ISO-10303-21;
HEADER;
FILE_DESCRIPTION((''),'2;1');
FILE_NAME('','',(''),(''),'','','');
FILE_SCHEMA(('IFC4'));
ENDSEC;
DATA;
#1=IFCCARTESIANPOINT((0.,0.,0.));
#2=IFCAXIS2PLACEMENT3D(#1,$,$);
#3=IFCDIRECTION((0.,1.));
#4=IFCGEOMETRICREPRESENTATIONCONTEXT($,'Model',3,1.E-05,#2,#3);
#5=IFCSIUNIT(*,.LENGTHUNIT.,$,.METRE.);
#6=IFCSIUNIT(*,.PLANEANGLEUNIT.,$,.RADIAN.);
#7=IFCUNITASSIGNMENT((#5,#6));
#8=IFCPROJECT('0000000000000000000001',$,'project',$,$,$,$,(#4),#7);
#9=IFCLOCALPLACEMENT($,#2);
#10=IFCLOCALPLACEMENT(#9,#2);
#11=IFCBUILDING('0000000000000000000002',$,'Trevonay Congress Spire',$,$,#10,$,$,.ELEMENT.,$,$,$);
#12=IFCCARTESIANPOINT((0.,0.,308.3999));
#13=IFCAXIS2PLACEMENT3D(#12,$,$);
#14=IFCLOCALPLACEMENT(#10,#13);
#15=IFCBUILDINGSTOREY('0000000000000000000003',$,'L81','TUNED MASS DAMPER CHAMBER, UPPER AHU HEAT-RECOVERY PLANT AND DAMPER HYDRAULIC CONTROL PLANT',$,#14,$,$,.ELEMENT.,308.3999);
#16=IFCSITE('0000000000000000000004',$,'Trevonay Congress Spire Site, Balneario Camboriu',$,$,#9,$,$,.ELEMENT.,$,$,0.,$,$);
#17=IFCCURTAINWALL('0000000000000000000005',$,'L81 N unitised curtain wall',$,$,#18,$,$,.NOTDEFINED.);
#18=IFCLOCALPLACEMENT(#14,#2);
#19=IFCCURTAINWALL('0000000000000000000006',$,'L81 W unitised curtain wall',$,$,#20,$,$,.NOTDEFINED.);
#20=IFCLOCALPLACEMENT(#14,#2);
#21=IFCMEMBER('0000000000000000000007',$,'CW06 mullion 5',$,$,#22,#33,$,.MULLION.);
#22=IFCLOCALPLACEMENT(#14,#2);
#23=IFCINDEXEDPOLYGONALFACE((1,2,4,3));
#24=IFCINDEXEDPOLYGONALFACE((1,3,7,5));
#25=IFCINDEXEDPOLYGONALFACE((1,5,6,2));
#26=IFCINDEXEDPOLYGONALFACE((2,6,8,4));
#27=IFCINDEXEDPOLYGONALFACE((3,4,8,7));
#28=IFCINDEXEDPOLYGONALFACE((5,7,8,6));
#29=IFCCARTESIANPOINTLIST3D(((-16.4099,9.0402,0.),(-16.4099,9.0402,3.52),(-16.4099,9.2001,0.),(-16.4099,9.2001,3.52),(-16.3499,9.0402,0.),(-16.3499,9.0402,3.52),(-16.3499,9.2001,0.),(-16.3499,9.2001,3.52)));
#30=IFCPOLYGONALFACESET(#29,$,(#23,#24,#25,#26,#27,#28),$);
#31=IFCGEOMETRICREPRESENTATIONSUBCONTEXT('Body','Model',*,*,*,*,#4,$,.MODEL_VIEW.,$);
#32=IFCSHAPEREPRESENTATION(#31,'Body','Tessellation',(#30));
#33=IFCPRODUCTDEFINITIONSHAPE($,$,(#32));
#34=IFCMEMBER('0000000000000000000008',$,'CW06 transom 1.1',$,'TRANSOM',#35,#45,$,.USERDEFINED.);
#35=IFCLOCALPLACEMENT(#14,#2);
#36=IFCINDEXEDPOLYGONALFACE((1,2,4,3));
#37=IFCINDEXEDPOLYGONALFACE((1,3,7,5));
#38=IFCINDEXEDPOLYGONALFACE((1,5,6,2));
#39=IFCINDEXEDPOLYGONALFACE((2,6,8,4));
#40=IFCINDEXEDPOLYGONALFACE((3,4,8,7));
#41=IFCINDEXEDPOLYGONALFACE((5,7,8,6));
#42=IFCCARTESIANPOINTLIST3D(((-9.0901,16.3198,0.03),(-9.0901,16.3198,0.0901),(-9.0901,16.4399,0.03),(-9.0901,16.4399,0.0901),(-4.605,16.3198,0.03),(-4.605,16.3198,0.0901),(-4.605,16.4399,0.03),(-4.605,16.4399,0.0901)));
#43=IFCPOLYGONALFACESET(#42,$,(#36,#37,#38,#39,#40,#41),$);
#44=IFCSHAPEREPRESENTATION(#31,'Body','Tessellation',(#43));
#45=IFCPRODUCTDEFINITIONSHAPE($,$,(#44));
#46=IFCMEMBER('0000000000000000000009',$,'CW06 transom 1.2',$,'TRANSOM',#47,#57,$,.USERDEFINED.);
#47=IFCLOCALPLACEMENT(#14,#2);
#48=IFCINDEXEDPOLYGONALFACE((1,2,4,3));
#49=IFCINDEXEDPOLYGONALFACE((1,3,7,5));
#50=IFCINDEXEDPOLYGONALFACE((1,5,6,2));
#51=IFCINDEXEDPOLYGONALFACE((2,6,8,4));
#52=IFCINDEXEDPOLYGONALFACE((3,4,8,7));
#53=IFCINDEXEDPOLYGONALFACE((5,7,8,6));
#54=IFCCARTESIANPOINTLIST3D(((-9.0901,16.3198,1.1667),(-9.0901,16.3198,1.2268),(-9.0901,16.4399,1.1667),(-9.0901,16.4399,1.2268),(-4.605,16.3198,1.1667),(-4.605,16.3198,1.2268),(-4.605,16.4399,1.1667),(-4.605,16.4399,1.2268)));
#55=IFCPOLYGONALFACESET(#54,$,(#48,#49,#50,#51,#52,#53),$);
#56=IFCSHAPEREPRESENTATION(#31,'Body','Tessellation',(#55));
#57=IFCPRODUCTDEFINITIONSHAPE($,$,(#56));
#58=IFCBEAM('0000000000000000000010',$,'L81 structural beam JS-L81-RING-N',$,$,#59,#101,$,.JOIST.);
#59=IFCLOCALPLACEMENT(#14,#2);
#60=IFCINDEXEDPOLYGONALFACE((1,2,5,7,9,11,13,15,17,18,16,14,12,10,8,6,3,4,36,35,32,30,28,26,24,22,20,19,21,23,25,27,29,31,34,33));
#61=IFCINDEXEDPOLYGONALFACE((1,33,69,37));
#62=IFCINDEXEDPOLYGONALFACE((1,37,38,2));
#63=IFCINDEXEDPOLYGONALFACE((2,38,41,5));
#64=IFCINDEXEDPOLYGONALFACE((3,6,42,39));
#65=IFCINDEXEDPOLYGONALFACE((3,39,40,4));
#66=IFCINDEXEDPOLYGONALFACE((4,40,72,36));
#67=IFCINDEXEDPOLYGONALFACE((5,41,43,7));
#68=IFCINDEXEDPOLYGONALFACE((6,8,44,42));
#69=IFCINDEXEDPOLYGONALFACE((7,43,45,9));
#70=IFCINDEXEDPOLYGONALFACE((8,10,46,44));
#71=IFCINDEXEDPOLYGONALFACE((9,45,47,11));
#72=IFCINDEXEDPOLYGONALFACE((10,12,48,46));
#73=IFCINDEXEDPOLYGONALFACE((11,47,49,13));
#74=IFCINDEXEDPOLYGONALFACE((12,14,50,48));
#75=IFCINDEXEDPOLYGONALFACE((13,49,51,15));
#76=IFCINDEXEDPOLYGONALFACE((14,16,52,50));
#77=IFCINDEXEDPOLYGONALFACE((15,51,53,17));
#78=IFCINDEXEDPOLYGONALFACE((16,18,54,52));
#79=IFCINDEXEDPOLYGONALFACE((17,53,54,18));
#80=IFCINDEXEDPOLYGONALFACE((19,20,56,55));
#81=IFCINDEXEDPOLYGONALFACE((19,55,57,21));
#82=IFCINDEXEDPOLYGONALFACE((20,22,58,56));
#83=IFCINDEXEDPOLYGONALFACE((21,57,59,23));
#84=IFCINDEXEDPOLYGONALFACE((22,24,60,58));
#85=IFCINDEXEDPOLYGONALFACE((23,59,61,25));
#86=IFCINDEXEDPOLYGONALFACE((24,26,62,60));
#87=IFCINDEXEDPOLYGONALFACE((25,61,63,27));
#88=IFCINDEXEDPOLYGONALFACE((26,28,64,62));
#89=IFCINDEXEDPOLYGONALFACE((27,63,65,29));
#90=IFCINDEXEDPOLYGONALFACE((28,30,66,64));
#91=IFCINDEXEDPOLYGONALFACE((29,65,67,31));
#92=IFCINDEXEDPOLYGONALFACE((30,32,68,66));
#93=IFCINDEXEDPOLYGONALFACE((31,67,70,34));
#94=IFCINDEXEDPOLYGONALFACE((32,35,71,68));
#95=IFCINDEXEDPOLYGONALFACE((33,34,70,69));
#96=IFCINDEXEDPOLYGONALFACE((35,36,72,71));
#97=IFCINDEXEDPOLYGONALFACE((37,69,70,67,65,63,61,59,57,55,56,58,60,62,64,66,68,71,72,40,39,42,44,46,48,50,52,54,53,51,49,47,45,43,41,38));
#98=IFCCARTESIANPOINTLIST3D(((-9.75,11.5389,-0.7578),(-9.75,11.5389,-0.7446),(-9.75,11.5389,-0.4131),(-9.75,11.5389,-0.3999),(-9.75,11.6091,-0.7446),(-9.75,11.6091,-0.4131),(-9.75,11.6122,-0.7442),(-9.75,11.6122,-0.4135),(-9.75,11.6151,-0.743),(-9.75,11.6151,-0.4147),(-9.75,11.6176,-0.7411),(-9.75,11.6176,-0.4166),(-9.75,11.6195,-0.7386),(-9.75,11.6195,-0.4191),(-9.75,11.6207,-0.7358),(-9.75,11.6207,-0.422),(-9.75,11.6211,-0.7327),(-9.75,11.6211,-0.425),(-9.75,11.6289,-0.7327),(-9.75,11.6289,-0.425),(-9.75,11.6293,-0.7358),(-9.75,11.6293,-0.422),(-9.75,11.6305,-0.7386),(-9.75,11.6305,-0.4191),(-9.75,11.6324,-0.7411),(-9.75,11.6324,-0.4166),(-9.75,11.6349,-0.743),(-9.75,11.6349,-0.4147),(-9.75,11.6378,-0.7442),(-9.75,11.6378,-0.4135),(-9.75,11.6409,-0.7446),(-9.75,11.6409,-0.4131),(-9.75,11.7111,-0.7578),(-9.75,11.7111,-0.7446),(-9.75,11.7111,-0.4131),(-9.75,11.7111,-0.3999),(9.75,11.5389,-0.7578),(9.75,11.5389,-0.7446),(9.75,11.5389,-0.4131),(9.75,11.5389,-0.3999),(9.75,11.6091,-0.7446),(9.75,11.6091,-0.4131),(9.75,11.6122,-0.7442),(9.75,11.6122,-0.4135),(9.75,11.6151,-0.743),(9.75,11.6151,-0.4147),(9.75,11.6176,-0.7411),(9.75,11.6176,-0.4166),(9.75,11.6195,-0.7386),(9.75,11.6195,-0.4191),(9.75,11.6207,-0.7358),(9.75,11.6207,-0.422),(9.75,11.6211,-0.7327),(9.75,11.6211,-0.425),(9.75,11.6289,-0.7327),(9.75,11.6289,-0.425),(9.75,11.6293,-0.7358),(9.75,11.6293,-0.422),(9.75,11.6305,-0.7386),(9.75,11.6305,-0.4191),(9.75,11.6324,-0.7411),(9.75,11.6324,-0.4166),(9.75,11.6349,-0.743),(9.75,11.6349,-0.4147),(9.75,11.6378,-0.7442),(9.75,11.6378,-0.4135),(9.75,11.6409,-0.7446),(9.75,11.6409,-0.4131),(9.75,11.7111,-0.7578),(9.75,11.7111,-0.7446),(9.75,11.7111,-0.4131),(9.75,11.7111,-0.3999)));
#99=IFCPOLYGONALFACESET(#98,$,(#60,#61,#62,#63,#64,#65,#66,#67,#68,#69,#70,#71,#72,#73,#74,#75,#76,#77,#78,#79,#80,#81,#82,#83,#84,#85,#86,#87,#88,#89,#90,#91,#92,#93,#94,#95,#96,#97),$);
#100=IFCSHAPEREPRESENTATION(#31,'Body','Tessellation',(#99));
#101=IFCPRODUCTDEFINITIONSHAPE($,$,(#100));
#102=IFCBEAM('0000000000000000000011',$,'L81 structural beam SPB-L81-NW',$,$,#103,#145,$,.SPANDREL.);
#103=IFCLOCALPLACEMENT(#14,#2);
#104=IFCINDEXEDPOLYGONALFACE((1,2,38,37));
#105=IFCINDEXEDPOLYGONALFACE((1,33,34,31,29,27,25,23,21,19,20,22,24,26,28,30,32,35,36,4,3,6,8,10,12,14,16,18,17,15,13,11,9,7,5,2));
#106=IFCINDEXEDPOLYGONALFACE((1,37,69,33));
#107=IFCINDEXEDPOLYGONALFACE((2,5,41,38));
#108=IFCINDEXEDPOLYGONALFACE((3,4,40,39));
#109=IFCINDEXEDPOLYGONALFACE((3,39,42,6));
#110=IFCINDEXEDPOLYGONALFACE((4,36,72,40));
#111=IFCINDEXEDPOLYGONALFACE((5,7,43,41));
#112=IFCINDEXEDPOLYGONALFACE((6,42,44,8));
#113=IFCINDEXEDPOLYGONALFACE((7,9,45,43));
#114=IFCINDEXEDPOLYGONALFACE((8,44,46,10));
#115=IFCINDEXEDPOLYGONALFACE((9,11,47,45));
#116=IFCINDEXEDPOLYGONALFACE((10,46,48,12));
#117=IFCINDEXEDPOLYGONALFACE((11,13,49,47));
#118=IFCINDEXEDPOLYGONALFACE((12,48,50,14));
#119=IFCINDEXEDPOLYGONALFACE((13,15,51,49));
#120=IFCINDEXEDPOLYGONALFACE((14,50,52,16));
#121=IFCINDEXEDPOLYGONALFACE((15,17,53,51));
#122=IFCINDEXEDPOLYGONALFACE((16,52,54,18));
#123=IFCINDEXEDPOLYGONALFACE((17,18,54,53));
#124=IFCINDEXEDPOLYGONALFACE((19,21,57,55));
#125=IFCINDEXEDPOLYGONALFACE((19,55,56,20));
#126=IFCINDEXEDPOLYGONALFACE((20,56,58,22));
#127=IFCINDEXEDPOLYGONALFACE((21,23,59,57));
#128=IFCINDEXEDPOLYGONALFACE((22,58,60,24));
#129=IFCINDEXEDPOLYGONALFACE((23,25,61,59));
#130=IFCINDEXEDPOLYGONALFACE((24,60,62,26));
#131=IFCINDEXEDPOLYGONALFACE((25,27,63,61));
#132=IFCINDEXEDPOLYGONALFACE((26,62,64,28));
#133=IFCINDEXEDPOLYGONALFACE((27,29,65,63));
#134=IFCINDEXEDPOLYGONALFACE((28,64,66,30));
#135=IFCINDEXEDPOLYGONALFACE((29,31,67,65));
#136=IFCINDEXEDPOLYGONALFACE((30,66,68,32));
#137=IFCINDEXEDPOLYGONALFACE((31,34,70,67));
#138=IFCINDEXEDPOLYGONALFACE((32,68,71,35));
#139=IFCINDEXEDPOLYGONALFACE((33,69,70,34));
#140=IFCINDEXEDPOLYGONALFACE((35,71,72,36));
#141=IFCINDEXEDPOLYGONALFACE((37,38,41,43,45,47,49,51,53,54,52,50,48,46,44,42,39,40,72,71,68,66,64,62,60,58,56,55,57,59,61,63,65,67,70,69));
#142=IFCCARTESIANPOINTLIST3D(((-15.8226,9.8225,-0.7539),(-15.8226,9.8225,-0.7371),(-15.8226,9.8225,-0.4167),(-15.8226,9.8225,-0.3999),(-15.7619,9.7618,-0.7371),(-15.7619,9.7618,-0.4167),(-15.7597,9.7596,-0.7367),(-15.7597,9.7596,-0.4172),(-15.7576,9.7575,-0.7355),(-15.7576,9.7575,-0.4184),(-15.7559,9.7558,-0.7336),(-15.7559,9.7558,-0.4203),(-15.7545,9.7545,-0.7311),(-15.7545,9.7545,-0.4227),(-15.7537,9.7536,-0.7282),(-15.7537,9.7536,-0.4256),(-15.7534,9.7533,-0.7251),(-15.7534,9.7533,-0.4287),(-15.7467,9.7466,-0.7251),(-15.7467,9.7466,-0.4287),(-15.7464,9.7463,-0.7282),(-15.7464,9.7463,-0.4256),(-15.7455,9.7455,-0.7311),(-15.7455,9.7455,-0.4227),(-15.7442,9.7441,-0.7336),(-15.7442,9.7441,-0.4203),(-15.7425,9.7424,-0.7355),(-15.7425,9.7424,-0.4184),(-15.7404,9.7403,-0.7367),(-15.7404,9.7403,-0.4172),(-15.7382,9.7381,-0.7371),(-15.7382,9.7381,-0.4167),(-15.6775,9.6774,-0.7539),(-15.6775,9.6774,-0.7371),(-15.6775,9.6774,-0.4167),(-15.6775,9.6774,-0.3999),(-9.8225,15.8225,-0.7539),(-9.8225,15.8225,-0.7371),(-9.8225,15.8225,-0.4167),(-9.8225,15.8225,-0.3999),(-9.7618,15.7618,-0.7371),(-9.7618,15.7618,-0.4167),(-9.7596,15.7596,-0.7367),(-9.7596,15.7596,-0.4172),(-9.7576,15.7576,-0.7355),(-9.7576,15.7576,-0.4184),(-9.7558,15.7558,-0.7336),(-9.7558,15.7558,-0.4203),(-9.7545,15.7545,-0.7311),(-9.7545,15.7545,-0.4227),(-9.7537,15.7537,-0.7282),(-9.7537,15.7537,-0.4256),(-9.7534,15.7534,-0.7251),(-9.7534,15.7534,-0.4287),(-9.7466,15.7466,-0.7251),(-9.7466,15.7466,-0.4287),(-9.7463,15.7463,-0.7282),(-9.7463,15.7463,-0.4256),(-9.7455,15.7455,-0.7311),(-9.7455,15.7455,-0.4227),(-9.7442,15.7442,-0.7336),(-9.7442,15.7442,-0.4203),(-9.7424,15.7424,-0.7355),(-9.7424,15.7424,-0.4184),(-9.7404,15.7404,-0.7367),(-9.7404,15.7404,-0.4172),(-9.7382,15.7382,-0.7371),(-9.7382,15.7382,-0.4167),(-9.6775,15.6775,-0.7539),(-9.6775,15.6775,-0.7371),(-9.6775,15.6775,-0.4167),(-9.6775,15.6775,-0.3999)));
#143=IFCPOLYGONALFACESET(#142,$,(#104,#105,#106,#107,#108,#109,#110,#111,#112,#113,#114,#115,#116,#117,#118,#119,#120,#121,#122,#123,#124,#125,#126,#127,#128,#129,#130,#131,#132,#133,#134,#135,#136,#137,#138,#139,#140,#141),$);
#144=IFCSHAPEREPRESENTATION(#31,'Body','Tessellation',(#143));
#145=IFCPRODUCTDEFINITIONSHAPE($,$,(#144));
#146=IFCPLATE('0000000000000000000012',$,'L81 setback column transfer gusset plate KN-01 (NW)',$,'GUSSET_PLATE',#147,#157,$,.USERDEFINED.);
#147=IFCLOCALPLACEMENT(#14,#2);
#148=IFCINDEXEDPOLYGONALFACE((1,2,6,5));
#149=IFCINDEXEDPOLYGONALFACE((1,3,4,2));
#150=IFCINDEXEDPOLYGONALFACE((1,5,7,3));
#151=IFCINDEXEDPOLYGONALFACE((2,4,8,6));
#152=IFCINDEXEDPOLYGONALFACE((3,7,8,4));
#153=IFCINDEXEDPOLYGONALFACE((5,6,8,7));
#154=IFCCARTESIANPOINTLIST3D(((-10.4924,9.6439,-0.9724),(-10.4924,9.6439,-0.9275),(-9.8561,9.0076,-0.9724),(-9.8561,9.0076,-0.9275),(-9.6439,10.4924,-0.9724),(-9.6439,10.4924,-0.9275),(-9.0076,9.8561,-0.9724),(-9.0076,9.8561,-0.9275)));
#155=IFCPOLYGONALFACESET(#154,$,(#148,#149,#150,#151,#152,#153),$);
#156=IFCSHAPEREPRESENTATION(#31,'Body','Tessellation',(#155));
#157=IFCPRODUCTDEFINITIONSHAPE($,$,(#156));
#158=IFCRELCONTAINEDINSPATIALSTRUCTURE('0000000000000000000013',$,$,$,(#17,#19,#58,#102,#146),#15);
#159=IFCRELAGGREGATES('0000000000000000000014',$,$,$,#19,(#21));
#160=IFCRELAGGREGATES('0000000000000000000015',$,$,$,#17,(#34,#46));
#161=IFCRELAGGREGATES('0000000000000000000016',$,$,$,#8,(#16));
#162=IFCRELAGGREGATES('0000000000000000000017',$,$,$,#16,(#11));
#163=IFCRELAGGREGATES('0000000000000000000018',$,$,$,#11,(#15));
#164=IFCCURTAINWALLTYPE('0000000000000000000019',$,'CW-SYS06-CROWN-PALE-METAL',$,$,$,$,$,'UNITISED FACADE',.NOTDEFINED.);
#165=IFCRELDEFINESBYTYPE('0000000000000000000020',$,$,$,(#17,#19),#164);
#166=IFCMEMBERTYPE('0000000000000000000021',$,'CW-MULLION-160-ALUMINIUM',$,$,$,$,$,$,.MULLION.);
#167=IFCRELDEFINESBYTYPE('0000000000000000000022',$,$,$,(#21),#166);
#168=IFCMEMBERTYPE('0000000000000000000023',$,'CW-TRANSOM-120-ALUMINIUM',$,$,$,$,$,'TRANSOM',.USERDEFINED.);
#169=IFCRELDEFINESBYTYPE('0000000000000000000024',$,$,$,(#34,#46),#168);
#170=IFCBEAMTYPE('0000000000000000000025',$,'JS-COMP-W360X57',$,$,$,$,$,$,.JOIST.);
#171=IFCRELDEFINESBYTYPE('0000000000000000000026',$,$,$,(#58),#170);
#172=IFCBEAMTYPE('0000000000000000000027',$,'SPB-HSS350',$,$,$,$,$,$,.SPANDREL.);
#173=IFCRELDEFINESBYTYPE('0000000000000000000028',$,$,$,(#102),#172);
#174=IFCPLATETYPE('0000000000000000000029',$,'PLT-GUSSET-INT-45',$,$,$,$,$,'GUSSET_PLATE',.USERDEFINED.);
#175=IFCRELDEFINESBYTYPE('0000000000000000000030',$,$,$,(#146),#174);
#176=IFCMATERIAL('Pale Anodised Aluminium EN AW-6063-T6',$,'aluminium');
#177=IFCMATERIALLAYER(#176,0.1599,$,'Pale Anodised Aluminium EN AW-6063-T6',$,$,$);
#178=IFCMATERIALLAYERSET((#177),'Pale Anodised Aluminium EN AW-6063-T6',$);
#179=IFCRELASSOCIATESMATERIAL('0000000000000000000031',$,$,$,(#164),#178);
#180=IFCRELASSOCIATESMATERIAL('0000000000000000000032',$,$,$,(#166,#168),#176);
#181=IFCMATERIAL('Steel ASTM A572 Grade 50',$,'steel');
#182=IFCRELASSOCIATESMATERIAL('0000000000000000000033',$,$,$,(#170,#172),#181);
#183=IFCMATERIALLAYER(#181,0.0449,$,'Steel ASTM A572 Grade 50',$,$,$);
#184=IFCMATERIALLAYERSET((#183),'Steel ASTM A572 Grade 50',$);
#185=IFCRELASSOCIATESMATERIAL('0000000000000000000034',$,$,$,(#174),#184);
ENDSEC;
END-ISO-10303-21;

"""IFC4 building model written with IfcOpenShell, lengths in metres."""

from ifc_helpers import new_model, si_unit, direction, frame, origin, origin_2d, place, context, subcontext, project, spatial, rectangle, i_section, extrude, material, layer, layer_set, material_profile, profile_set, type_object, element, aggregate, save


model = new_model("IFC4")

# Units and contexts
model_context = context("Model", 3, precision=1e-05, world=origin(), true_north=direction((0.0, 1.0)))
body_context = subcontext(model_context, "Body", "Model", "MODEL_VIEW")
ifc_project = project(units=[si_unit("LENGTHUNIT", "METRE"), si_unit("PLANEANGLEUNIT", "RADIAN")], contexts=[model_context])

# Site, building, storey
site_placement = place(None, origin())
site = spatial("IfcSite", under=ifc_project, at=site_placement, Name="Trevonay Congress Spire Site, Balneario Camboriu", CompositionType="ELEMENT", RefElevation=0.0)
building_placement = place(site_placement, origin())
building = spatial("IfcBuilding", under=site, at=building_placement, Name="Trevonay Congress Spire", CompositionType="ELEMENT")
storey_placement = place(building_placement, frame((0.0, 0.0, 308.3999)))
storey = spatial("IfcBuildingStorey", under=building, at=storey_placement, Name="L81", Description="TUNED MASS DAMPER CHAMBER, UPPER AHU HEAT-RECOVERY PLANT AND DAMPER HYDRAULIC CONTROL PLANT", CompositionType="ELEMENT", Elevation=308.3999)

# Shared definitions
ifc_material_1 = material(Name="Steel ASTM A572 Grade 50", Category="steel")

# Curtain walls, member
ifc_material_2 = material(Name="Pale Anodised Aluminium EN AW-6063-T6", Category="aluminium")
ifc_layer_1 = layer(ifc_material_2, 0.1599, Name="Pale Anodised Aluminium EN AW-6063-T6")
ifc_layer_set_1 = layer_set([ifc_layer_1], Name="Pale Anodised Aluminium EN AW-6063-T6")
curtain_wall_type = type_object("IfcCurtainWallType", Name="CW-SYS06-CROWN-PALE-METAL", ElementType="UNITISED FACADE", PredefinedType="NOTDEFINED", material=ifc_layer_set_1)
curtain_wall_1_placement = place(storey_placement, origin())
curtain_wall_1 = element("IfcCurtainWall", 1, at=curtain_wall_1_placement, inside=storey, type_object=curtain_wall_type, Name="L81 N unitised curtain wall", PredefinedType="NOTDEFINED")
ifc_material_profile_1 = material_profile(ifc_material_2, rectangle(XDim=0.0601, YDim=0.1599, at=origin_2d()), Name="CW-MULLION-160-ALUMINIUM")
ifc_profile_set_1 = profile_set([ifc_material_profile_1], Name="Pale Anodised Aluminium EN AW-6063-T6")
member_type_1 = type_object("IfcMemberType", Name="CW-MULLION-160-ALUMINIUM", PredefinedType="MULLION", material=ifc_profile_set_1)
curtain_wall_2_placement = place(storey_placement, origin())
curtain_wall_2 = element("IfcCurtainWall", 2, at=curtain_wall_2_placement, inside=storey, type_object=curtain_wall_type, Name="L81 W unitised curtain wall", PredefinedType="NOTDEFINED")
member_1_placement = place(storey_placement, frame((-16.3799, 9.1201, 0.0), z_axis=(0.0, 0.0, 1.0), x_axis=(-1.0, 0.0, 0.0)))
member_1 = element("IfcMember", 3, at=member_1_placement, type_object=member_type_1, Name="CW06 mullion 5", PredefinedType="MULLION", context=body_context, shape_type="SweptSolid", body=[
    extrude(rectangle(XDim=0.0601, YDim=0.1599, at=origin_2d()), origin(), (0.0, 0.0, 1.0), 3.52),
])
aggregate(curtain_wall_2, [member_1])

# Members
ifc_material_profile_2 = material_profile(ifc_material_2, rectangle(XDim=0.1201, YDim=0.0601, at=origin_2d()), Name="CW-TRANSOM-120-ALUMINIUM")
ifc_profile_set_2 = profile_set([ifc_material_profile_2], Name="Pale Anodised Aluminium EN AW-6063-T6")
member_type_2 = type_object("IfcMemberType", Name="CW-TRANSOM-120-ALUMINIUM", ElementType="TRANSOM", PredefinedType="USERDEFINED", material=ifc_profile_set_2)
member_2_placement = place(storey_placement, frame((-9.0901, 16.3799, 0.0601), z_axis=(1.0, 0.0, 0.0), x_axis=(0.0, 1.0, 0.0)))
member_2 = element("IfcMember", 4, at=member_2_placement, type_object=member_type_2, Name="CW06 transom 1.1", ObjectType="TRANSOM", PredefinedType="USERDEFINED", context=body_context, shape_type="SweptSolid", body=[
    extrude(rectangle(XDim=0.1201, YDim=0.0601, at=origin_2d()), origin(), (0.0, 0.0, 1.0), 4.4851),
])
member_3_placement = place(storey_placement, frame((-9.0901, 16.3799, 1.1968), z_axis=(1.0, 0.0, 0.0), x_axis=(0.0, 1.0, 0.0)))
member_3 = element("IfcMember", 5, at=member_3_placement, type_object=member_type_2, Name="CW06 transom 1.2", ObjectType="TRANSOM", PredefinedType="USERDEFINED", context=body_context, shape_type="SweptSolid", body=[
    extrude(rectangle(XDim=0.1201, YDim=0.0601, at=origin_2d()), origin(), (0.0, 0.0, 1.0), 4.4851),
])
aggregate(curtain_wall_1, [member_2, member_3])

# Beams
ifc_material_profile_3 = material_profile(ifc_material_1, i_section(OverallWidth=0.1721, OverallDepth=0.3579, WebThickness=0.0078, FlangeThickness=0.0132, FilletRadius=0.012, at=origin_2d()), Name="W360x57.8")
ifc_profile_set_3 = profile_set([ifc_material_profile_3], Name="Steel ASTM A572 Grade 50")
beam_type_1 = type_object("IfcBeamType", Name="JS-COMP-W360X57", PredefinedType="JOIST", material=ifc_profile_set_3)
beam_1_placement = place(storey_placement, frame((-9.75, 11.625, -0.5789), z_axis=(1.0, 0.0, 0.0), x_axis=(0.0, 1.0, 0.0)))
element("IfcBeam", 6, at=beam_1_placement, inside=storey, type_object=beam_type_1, Name="L81 structural beam JS-L81-RING-N", PredefinedType="JOIST", context=body_context, shape_type="SweptSolid", body=[
    extrude(i_section(OverallWidth=0.1721, OverallDepth=0.3579, WebThickness=0.0078, FlangeThickness=0.0132, FilletRadius=0.012, at=origin_2d()), origin(), (0.0, 0.0, 1.0), 19.5),
])
ifc_material_profile_4 = material_profile(ifc_material_1, i_section(OverallWidth=0.2051, OverallDepth=0.354, WebThickness=0.0095, FlangeThickness=0.0168, FilletRadius=0.012, at=origin_2d()), Name="W360x79")
ifc_profile_set_4 = profile_set([ifc_material_profile_4], Name="Steel ASTM A572 Grade 50")
beam_type_2 = type_object("IfcBeamType", Name="SPB-HSS350", PredefinedType="SPANDREL", material=ifc_profile_set_4)
beam_2_placement = place(storey_placement, frame((-9.75, 15.75, -0.5769), z_axis=(-0.707107, -0.707107, 0.0), x_axis=(0.707107, -0.707107, 0.0)))
element("IfcBeam", 7, at=beam_2_placement, inside=storey, type_object=beam_type_2, Name="L81 structural beam SPB-L81-NW", PredefinedType="SPANDREL", context=body_context, shape_type="SweptSolid", body=[
    extrude(i_section(OverallWidth=0.2051, OverallDepth=0.354, WebThickness=0.0095, FlangeThickness=0.0168, FilletRadius=0.012, at=origin_2d()), origin(), (0.0, 0.0, 1.0), 8.4854),
])

# Plate
ifc_layer_2 = layer(ifc_material_1, 0.0449, Name="Steel ASTM A572 Grade 50")
ifc_layer_set_2 = layer_set([ifc_layer_2], Name="Steel ASTM A572 Grade 50")
plate_type = type_object("IfcPlateType", Name="PLT-GUSSET-INT-45", ElementType="GUSSET_PLATE", PredefinedType="USERDEFINED", material=ifc_layer_set_2)
plate_placement = place(storey_placement, frame((-9.75, 9.75, -0.9724), z_axis=(0.0, 0.0, 1.0), x_axis=(0.707107, 0.707107, 0.0)))
element("IfcPlate", 8, at=plate_placement, inside=storey, type_object=plate_type, Name="L81 setback column transfer gusset plate KN-01 (NW)", ObjectType="GUSSET_PLATE", PredefinedType="USERDEFINED", context=body_context, shape_type="SweptSolid", body=[
    extrude(rectangle(XDim=1.2, YDim=0.8999, at=origin_2d()), origin(), (0.0, 0.0, 1.0), 0.0449),
])

save(model, "model.ifc")
